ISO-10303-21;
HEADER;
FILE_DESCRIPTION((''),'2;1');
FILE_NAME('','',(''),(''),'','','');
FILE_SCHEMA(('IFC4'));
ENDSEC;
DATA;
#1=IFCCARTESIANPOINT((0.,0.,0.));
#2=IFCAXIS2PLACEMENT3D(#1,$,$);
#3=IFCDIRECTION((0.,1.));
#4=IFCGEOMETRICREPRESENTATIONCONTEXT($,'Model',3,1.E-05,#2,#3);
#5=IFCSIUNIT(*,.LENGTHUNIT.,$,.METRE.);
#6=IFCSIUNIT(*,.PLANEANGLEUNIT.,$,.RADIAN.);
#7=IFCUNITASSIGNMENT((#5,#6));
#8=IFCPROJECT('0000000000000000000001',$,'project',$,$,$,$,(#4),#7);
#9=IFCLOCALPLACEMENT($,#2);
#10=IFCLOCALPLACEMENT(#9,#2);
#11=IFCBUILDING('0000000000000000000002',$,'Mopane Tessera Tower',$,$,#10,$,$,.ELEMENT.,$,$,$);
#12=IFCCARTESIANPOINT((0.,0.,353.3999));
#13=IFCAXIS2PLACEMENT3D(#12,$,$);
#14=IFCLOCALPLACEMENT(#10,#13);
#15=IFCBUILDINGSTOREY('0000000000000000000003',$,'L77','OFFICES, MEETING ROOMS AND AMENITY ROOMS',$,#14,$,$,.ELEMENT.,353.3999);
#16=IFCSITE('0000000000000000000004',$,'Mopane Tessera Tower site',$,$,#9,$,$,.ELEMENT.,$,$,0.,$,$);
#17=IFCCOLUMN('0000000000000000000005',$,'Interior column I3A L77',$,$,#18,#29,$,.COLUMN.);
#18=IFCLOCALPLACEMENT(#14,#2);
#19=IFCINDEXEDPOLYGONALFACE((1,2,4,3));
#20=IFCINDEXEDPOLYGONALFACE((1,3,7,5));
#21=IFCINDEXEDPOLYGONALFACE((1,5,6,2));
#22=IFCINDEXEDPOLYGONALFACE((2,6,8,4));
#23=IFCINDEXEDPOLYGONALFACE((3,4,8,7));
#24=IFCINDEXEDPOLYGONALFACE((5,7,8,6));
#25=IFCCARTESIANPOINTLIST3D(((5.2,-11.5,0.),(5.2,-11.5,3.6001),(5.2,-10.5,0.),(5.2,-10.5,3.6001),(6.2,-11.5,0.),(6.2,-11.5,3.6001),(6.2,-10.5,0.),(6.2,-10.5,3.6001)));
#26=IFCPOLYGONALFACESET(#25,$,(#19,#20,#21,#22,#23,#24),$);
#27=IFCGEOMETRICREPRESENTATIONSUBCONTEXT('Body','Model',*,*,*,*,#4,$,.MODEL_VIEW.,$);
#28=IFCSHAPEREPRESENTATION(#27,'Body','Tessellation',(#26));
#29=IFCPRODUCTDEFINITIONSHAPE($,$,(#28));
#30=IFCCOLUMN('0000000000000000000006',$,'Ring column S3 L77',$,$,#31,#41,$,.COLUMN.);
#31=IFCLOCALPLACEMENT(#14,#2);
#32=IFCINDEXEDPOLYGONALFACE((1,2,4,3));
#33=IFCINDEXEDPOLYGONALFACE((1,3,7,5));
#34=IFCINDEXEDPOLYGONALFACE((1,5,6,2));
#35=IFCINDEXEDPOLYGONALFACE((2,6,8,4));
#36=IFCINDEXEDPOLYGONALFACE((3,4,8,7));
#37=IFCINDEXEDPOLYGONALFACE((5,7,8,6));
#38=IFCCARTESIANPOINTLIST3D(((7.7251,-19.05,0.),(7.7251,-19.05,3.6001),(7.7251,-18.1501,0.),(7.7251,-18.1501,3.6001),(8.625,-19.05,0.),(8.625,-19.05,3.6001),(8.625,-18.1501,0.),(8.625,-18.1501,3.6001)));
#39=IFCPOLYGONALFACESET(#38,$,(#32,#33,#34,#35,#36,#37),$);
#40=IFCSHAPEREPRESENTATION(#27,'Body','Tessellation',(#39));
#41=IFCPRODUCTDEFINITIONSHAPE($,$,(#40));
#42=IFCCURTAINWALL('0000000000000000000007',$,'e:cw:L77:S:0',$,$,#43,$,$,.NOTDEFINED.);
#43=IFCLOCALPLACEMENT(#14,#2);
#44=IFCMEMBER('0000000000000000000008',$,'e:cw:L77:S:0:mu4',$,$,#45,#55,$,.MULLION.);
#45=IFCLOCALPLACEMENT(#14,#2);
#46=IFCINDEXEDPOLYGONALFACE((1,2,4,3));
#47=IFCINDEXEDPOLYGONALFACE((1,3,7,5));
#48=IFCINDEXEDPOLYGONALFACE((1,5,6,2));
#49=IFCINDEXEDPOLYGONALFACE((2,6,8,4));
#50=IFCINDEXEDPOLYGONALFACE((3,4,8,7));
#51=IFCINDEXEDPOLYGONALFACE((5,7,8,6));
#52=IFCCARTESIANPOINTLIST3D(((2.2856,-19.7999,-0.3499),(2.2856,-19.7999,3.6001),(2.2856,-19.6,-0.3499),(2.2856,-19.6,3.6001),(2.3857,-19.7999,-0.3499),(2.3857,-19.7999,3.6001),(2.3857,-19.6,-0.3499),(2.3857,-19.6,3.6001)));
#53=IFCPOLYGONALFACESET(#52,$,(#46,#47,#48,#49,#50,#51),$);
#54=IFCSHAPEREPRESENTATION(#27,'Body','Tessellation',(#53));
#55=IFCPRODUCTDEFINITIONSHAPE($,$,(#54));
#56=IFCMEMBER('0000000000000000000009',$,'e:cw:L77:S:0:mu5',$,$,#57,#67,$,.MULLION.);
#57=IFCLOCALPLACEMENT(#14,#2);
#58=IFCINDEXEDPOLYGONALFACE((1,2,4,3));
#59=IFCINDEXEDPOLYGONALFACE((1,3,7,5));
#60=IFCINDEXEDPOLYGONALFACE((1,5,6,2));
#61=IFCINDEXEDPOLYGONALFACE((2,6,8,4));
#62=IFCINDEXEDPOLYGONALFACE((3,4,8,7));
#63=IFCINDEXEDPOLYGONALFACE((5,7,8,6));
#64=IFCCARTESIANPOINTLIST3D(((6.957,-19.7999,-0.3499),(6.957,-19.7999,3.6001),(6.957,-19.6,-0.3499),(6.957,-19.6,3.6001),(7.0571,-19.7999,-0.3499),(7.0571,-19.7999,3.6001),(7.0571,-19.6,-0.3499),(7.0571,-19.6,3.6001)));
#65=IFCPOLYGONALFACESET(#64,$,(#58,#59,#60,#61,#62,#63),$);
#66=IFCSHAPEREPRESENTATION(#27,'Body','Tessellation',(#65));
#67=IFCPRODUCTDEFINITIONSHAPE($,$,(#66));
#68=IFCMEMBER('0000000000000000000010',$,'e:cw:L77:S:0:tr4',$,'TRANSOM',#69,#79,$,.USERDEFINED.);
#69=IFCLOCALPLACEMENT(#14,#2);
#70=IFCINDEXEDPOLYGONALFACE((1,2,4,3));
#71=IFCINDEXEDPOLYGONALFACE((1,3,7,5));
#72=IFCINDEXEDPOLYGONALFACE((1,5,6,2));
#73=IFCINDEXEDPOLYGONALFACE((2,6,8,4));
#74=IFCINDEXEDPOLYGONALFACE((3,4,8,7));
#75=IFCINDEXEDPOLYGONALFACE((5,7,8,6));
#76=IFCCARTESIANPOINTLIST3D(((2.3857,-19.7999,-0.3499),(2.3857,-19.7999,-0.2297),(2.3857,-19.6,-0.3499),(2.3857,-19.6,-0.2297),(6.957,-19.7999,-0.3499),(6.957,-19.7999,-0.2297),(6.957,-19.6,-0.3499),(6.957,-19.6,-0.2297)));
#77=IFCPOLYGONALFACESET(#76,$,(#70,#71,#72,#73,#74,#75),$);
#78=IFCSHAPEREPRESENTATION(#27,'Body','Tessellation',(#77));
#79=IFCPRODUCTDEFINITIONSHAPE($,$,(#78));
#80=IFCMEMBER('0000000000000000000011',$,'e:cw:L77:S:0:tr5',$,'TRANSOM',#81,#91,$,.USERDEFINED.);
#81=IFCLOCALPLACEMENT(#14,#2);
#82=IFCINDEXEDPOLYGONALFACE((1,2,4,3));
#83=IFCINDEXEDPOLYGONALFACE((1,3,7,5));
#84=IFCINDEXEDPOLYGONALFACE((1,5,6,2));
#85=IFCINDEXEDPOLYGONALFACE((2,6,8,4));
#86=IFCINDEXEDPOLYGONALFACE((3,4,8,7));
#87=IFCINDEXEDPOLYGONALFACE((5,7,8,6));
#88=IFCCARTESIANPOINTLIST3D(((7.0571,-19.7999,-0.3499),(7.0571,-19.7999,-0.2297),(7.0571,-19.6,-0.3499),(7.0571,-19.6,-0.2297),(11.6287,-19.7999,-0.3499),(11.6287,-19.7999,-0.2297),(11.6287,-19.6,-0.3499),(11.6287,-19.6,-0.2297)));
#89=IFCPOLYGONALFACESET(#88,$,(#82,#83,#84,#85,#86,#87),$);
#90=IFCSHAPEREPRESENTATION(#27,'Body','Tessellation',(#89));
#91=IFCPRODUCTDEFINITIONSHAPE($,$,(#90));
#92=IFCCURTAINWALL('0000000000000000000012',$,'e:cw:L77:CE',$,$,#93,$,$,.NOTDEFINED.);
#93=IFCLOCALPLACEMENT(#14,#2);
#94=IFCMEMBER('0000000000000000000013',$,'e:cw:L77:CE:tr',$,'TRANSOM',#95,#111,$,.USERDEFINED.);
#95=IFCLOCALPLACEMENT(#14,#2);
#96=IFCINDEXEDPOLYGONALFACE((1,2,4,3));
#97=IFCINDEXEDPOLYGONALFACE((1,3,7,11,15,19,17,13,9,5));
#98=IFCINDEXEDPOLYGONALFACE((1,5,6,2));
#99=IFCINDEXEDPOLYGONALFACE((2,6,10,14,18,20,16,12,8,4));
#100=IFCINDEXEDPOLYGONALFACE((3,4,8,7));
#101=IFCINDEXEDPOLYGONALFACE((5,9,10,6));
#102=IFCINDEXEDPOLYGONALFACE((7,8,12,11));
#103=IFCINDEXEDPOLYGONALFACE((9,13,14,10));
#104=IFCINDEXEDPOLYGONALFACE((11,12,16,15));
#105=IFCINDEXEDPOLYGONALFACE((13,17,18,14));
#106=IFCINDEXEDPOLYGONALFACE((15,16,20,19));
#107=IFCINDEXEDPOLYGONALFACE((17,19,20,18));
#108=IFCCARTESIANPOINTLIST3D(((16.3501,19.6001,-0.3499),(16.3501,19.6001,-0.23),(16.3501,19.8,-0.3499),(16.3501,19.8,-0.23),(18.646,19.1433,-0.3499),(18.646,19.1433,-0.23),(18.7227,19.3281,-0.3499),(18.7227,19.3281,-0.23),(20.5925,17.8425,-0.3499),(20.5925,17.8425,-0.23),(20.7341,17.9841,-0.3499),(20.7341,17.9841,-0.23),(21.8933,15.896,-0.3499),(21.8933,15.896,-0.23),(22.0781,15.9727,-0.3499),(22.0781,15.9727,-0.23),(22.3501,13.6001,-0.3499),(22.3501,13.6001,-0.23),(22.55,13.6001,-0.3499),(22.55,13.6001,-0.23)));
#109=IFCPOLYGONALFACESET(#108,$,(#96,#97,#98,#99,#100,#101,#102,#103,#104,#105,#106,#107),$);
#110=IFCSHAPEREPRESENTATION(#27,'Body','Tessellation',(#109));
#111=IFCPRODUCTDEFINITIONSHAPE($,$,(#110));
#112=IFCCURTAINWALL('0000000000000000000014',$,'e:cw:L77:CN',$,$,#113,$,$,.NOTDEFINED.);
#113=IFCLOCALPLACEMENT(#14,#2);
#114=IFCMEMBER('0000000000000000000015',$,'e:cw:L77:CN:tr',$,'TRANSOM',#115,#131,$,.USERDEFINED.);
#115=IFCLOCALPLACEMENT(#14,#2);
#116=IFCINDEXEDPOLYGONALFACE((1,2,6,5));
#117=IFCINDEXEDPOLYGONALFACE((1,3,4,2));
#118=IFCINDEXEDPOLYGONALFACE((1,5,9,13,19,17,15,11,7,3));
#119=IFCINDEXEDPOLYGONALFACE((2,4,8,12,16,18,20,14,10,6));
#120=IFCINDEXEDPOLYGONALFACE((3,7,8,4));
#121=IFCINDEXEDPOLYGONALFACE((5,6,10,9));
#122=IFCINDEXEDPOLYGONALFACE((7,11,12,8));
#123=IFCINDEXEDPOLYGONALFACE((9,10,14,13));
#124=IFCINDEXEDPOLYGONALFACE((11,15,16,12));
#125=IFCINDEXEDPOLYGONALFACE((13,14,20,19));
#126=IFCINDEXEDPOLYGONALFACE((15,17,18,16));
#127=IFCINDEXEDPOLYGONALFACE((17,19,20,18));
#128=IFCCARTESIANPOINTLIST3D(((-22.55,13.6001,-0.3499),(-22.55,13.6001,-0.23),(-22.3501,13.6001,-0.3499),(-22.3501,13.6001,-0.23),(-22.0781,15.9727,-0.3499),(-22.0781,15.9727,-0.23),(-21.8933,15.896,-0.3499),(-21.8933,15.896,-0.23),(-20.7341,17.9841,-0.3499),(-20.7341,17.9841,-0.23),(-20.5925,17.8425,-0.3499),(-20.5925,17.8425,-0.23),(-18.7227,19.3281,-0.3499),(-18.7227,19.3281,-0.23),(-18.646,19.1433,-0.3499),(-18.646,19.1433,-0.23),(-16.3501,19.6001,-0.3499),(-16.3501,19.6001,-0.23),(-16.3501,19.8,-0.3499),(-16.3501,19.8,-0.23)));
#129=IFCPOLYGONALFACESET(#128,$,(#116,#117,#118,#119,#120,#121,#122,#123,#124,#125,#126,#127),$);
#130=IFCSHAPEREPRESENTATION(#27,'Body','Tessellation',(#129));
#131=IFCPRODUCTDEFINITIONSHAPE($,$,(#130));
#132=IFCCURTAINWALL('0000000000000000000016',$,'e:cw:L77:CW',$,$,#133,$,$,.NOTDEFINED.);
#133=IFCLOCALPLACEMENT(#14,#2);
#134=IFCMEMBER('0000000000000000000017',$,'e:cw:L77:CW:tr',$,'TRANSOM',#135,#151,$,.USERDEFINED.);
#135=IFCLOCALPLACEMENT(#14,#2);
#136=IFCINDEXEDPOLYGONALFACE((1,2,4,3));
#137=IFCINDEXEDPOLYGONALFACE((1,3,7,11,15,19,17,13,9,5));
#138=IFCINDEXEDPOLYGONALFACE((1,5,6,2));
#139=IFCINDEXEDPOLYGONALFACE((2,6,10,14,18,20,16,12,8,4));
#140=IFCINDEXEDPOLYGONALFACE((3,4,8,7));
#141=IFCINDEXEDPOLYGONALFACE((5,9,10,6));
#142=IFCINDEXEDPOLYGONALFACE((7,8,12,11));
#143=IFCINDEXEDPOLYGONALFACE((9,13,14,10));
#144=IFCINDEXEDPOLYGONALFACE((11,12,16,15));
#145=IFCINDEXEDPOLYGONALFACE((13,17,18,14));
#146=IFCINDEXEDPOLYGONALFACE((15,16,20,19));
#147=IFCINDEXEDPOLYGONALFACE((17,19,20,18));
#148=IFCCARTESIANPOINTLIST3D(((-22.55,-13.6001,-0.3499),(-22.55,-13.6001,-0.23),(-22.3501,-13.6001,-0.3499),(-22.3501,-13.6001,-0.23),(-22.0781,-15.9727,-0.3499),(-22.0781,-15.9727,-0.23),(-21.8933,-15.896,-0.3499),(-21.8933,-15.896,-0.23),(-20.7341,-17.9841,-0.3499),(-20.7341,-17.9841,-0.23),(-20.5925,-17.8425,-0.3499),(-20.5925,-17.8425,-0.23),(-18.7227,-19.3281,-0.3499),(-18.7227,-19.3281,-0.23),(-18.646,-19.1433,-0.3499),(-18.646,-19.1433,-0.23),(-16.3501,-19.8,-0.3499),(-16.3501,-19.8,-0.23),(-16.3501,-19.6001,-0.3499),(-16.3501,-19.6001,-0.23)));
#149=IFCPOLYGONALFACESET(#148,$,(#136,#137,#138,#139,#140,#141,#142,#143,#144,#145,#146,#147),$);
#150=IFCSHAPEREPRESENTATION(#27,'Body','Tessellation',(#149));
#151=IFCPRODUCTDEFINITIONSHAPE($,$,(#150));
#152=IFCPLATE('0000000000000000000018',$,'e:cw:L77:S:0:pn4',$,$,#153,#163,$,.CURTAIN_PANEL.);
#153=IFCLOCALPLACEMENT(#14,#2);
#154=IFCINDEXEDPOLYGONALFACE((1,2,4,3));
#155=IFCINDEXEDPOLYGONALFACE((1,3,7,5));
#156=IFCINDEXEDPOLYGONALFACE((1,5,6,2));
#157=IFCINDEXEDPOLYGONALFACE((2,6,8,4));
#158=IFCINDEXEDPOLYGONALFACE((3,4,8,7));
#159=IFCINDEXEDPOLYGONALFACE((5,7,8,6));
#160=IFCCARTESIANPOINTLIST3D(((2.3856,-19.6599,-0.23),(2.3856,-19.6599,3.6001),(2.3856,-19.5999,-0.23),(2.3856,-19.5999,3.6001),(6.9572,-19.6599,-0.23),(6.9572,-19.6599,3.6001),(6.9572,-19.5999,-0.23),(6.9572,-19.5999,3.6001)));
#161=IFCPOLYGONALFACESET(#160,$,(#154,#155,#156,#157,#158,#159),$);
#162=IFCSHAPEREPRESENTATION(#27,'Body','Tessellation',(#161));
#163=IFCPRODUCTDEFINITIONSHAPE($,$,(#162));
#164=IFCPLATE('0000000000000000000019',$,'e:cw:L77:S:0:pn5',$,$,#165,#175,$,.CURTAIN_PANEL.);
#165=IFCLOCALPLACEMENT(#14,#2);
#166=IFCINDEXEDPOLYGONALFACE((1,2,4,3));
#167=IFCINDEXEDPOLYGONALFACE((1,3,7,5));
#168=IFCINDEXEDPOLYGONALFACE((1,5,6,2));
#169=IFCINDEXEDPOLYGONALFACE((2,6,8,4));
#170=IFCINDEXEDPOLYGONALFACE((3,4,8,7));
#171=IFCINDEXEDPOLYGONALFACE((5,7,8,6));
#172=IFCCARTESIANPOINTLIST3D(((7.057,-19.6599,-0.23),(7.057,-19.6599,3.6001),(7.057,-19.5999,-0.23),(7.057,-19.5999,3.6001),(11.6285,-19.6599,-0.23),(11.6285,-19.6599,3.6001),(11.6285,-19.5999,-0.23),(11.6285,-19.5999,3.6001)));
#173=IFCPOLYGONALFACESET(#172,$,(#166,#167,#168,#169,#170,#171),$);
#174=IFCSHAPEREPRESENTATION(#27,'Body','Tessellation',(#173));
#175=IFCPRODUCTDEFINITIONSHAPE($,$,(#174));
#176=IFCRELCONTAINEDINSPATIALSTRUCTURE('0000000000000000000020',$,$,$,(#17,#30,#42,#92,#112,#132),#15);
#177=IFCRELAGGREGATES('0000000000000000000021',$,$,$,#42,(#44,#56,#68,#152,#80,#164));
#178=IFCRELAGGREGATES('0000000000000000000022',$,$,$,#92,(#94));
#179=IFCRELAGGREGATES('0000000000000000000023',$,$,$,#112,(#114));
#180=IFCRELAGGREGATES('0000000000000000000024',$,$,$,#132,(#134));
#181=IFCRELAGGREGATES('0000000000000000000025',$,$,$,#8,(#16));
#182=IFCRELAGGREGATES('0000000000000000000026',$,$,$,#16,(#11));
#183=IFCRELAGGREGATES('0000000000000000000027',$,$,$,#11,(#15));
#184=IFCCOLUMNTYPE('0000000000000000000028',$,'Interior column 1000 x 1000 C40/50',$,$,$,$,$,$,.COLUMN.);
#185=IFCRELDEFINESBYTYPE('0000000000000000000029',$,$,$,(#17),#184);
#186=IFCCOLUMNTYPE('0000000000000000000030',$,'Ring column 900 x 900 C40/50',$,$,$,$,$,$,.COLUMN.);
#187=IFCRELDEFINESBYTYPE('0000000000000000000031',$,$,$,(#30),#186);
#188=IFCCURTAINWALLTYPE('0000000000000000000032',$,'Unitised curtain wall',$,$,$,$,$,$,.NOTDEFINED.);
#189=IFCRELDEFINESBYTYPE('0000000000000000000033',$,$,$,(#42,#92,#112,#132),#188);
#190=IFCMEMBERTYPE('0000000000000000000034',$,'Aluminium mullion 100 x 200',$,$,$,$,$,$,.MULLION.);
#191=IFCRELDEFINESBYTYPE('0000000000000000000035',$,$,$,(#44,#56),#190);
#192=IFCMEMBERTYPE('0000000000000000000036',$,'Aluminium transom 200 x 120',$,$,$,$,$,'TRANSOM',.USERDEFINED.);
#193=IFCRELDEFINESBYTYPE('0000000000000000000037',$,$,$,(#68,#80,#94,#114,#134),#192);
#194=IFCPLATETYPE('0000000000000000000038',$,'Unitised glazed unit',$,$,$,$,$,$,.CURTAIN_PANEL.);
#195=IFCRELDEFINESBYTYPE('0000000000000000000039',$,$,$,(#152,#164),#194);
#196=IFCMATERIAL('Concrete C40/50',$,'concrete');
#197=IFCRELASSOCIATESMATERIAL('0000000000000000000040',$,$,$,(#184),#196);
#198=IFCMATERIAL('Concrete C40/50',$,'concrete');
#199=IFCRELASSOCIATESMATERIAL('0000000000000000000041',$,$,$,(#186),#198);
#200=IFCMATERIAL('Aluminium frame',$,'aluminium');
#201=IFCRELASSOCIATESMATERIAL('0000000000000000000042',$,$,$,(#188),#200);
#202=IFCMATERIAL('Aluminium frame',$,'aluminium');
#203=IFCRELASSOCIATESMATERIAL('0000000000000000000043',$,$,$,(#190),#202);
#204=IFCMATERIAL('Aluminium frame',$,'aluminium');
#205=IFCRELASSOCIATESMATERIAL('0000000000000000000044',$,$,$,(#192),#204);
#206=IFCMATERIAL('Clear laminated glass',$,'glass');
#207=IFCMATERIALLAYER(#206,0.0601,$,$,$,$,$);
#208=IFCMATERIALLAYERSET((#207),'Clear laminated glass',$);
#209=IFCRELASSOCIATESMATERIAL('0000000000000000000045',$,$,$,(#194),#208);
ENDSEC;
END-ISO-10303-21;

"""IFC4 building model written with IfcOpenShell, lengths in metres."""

from ifc_helpers import new_model, si_unit, direction, frame, origin, origin_2d, place, context, subcontext, project, spatial, polyline, rectangle, outline, extrude, material, layer, layer_set, material_profile, profile_set, type_object, element, aggregate, save


model = new_model("IFC4")

# Units and contexts
model_context = context("Model", 3, precision=1e-05, world=origin(), true_north=direction((0.0, 1.0)))
body_context = subcontext(model_context, "Body", "Model", "MODEL_VIEW")
ifc_project = project(units=[si_unit("LENGTHUNIT", "METRE"), si_unit("PLANEANGLEUNIT", "RADIAN")], contexts=[model_context])

# Site, building, storey
site_placement = place(None, origin())
site = spatial("IfcSite", under=ifc_project, at=site_placement, Name="Mopane Tessera Tower site", CompositionType="ELEMENT", RefElevation=0.0)
building_placement = place(site_placement, origin())
building = spatial("IfcBuilding", under=site, at=building_placement, Name="Mopane Tessera Tower", CompositionType="ELEMENT")
storey_placement = place(building_placement, frame((0.0, 0.0, 353.3999)))
storey = spatial("IfcBuildingStorey", under=building, at=storey_placement, Name="L77", Description="OFFICES, MEETING ROOMS AND AMENITY ROOMS", CompositionType="ELEMENT", Elevation=353.3999)

# Columns
ifc_material_1 = material(Name="Concrete C40/50", Category="concrete")
ifc_material_profile_1 = material_profile(ifc_material_1, rectangle(XDim=1.0, YDim=1.0, at=origin_2d()))
ifc_profile_set_1 = profile_set([ifc_material_profile_1], Name="Concrete C40/50")
column_type_1 = type_object("IfcColumnType", Name="Interior column 1000 x 1000 C40/50", PredefinedType="COLUMN", material=ifc_profile_set_1)
column_1_placement = place(storey_placement, frame((5.7, -11.0, 0.0), z_axis=(0.0, 0.0, 1.0), x_axis=(1.0, 0.0, 0.0)))
element("IfcColumn", 1, at=column_1_placement, inside=storey, type_object=column_type_1, Name="Interior column I3A L77", PredefinedType="COLUMN", context=body_context, shape_type="SweptSolid", body=[
    extrude(rectangle(XDim=1.0, YDim=1.0, at=origin_2d()), origin(), (0.0, 0.0, 1.0), 3.6001),
])
ifc_material_2 = material(Name="Concrete C40/50", Category="concrete")
ifc_material_profile_2 = material_profile(ifc_material_2, rectangle(XDim=0.8999, YDim=0.8999, at=origin_2d()))
ifc_profile_set_2 = profile_set([ifc_material_profile_2], Name="Concrete C40/50")
column_type_2 = type_object("IfcColumnType", Name="Ring column 900 x 900 C40/50", PredefinedType="COLUMN", material=ifc_profile_set_2)
column_2_placement = place(storey_placement, frame((8.175, -18.6001, 0.0), z_axis=(0.0, 0.0, 1.0), x_axis=(1.0, 0.0, 0.0)))
element("IfcColumn", 2, at=column_2_placement, inside=storey, type_object=column_type_2, Name="Ring column S3 L77", PredefinedType="COLUMN", context=body_context, shape_type="SweptSolid", body=[
    extrude(rectangle(XDim=0.8999, YDim=0.8999, at=origin_2d()), origin(), (0.0, 0.0, 1.0), 3.6001),
])

# Curtain wall, members
ifc_material_3 = material(Name="Aluminium frame", Category="aluminium")
curtain_wall_type = type_object("IfcCurtainWallType", Name="Unitised curtain wall", PredefinedType="NOTDEFINED", material=ifc_material_3)
curtain_wall_1_placement = place(storey_placement, origin())
curtain_wall_1 = element("IfcCurtainWall", 3, at=curtain_wall_1_placement, inside=storey, type_object=curtain_wall_type, Name="e:cw:L77:S:0", PredefinedType="NOTDEFINED")
ifc_material_4 = material(Name="Aluminium frame", Category="aluminium")
ifc_material_profile_3 = material_profile(ifc_material_4, rectangle(XDim=0.1001, YDim=0.2, at=origin_2d()))
ifc_profile_set_3 = profile_set([ifc_material_profile_3], Name="Aluminium frame")
member_type_1 = type_object("IfcMemberType", Name="Aluminium mullion 100 x 200", PredefinedType="MULLION", material=ifc_profile_set_3)
member_1_placement = place(storey_placement, frame((2.3357, -19.7, -0.3499), z_axis=(0.0, 0.0, 1.0), x_axis=(1.0, 0.0, 0.0)))
member_1 = element("IfcMember", 4, at=member_1_placement, type_object=member_type_1, Name="e:cw:L77:S:0:mu4", PredefinedType="MULLION", context=body_context, shape_type="SweptSolid", body=[
    extrude(rectangle(XDim=0.1001, YDim=0.2, at=origin_2d()), origin(), (0.0, 0.0, 1.0), 3.95),
])
member_2_placement = place(storey_placement, frame((7.0071, -19.7, -0.3499), z_axis=(0.0, 0.0, 1.0), x_axis=(1.0, 0.0, 0.0)))
member_2 = element("IfcMember", 5, at=member_2_placement, type_object=member_type_1, Name="e:cw:L77:S:0:mu5", PredefinedType="MULLION", context=body_context, shape_type="SweptSolid", body=[
    extrude(rectangle(XDim=0.1001, YDim=0.2, at=origin_2d()), origin(), (0.0, 0.0, 1.0), 3.95),
])
ifc_material_5 = material(Name="Aluminium frame", Category="aluminium")
ifc_material_profile_4 = material_profile(ifc_material_5, rectangle(XDim=0.2, YDim=0.1201, at=origin_2d()))
ifc_profile_set_4 = profile_set([ifc_material_profile_4], Name="Aluminium frame")
member_type_2 = type_object("IfcMemberType", Name="Aluminium transom 200 x 120", ElementType="TRANSOM", PredefinedType="USERDEFINED", material=ifc_profile_set_4)
member_3_placement = place(storey_placement, frame((2.3857, -19.7, -0.2898), z_axis=(1.0, 0.0, 0.0), x_axis=(0.0, 1.0, 0.0)))
member_3 = element("IfcMember", 6, at=member_3_placement, type_object=member_type_2, Name="e:cw:L77:S:0:tr4", ObjectType="TRANSOM", PredefinedType="USERDEFINED", context=body_context, shape_type="SweptSolid", body=[
    extrude(rectangle(XDim=0.2, YDim=0.1201, at=origin_2d()), origin(), (0.0, 0.0, 1.0), 4.5713),
])
member_4_placement = place(storey_placement, frame((7.0571, -19.7, -0.2898), z_axis=(1.0, 0.0, 0.0), x_axis=(0.0, 1.0, 0.0)))
member_4 = element("IfcMember", 7, at=member_4_placement, type_object=member_type_2, Name="e:cw:L77:S:0:tr5", ObjectType="TRANSOM", PredefinedType="USERDEFINED", context=body_context, shape_type="SweptSolid", body=[
    extrude(rectangle(XDim=0.2, YDim=0.1201, at=origin_2d()), origin(), (0.0, 0.0, 1.0), 4.5715),
])

# Curtain walls, members
curtain_wall_2_placement = place(storey_placement, origin())
curtain_wall_2 = element("IfcCurtainWall", 8, at=curtain_wall_2_placement, inside=storey, type_object=curtain_wall_type, Name="e:cw:L77:CE", PredefinedType="NOTDEFINED")
member_5_placement = place(storey_placement, frame((0.0, 0.0, -0.3499)))
member_5 = element("IfcMember", 9, at=member_5_placement, type_object=member_type_2, Name="e:cw:L77:CE:tr", ObjectType="TRANSOM", PredefinedType="USERDEFINED", context=body_context, shape_type="SweptSolid", body=[
    extrude(outline(polyline([(22.3501, 13.6001), (21.8933, 15.896), (20.5925, 17.8425), (18.646, 19.1433), (16.3501, 19.6001), (16.3501, 19.8), (18.7227, 19.3281), (20.7341, 17.9841), (22.0781, 15.9727), (22.55, 13.6001), (22.3501, 13.6001)])), origin(), (0.0, 0.0, 1.0), 0.1199),
])
curtain_wall_3_placement = place(storey_placement, origin())
curtain_wall_3 = element("IfcCurtainWall", 10, at=curtain_wall_3_placement, inside=storey, type_object=curtain_wall_type, Name="e:cw:L77:CN", PredefinedType="NOTDEFINED")
member_6_placement = place(storey_placement, frame((0.0, 0.0, -0.3499)))
member_6 = element("IfcMember", 11, at=member_6_placement, type_object=member_type_2, Name="e:cw:L77:CN:tr", ObjectType="TRANSOM", PredefinedType="USERDEFINED", context=body_context, shape_type="SweptSolid", body=[
    extrude(outline(polyline([(-16.3501, 19.6001), (-18.646, 19.1433), (-20.5925, 17.8425), (-21.8933, 15.896), (-22.3501, 13.6001), (-22.55, 13.6001), (-22.0781, 15.9727), (-20.7341, 17.9841), (-18.7227, 19.3281), (-16.3501, 19.8), (-16.3501, 19.6001)])), origin(), (0.0, 0.0, 1.0), 0.1199),
])
curtain_wall_4_placement = place(storey_placement, origin())
curtain_wall_4 = element("IfcCurtainWall", 12, at=curtain_wall_4_placement, inside=storey, type_object=curtain_wall_type, Name="e:cw:L77:CW", PredefinedType="NOTDEFINED")
member_7_placement = place(storey_placement, frame((0.0, 0.0, -0.3499)))
member_7 = element("IfcMember", 13, at=member_7_placement, type_object=member_type_2, Name="e:cw:L77:CW:tr", ObjectType="TRANSOM", PredefinedType="USERDEFINED", context=body_context, shape_type="SweptSolid", body=[
    extrude(outline(polyline([(-22.3501, -13.6001), (-21.8933, -15.896), (-20.5925, -17.8425), (-18.646, -19.1433), (-16.3501, -19.6001), (-16.3501, -19.8), (-18.7227, -19.3281), (-20.7341, -17.9841), (-22.0781, -15.9727), (-22.55, -13.6001), (-22.3501, -13.6001)])), origin(), (0.0, 0.0, 1.0), 0.1199),
])

# Plates
ifc_material_6 = material(Name="Clear laminated glass", Category="glass")
ifc_layer_1 = layer(ifc_material_6, 0.0601)
ifc_layer_set_1 = layer_set([ifc_layer_1], Name="Clear laminated glass")
plate_type = type_object("IfcPlateType", Name="Unitised glazed unit", PredefinedType="CURTAIN_PANEL", material=ifc_layer_set_1)
plate_1_placement = place(storey_placement, frame((4.6714, -19.6299, -0.23), z_axis=(0.0, 0.0, 1.0), x_axis=(1.0, 0.0, 0.0)))
plate_1 = element("IfcPlate", 14, at=plate_1_placement, type_object=plate_type, Name="e:cw:L77:S:0:pn4", PredefinedType="CURTAIN_PANEL", context=body_context, shape_type="SweptSolid", body=[
    extrude(rectangle(XDim=4.5715, YDim=0.0601, at=origin_2d()), origin(), (0.0, 0.0, 1.0), 3.8301),
])
plate_2_placement = place(storey_placement, frame((9.3428, -19.6299, -0.23), z_axis=(0.0, 0.0, 1.0), x_axis=(1.0, 0.0, 0.0)))
plate_2 = element("IfcPlate", 15, at=plate_2_placement, type_object=plate_type, Name="e:cw:L77:S:0:pn5", PredefinedType="CURTAIN_PANEL", context=body_context, shape_type="SweptSolid", body=[
    extrude(rectangle(XDim=4.5715, YDim=0.0601, at=origin_2d()), origin(), (0.0, 0.0, 1.0), 3.8301),
])
aggregate(curtain_wall_1, [member_1, member_2, member_3, plate_1, member_4, plate_2])

aggregate(curtain_wall_2, [member_5])
aggregate(curtain_wall_3, [member_6])
aggregate(curtain_wall_4, [member_7])

save(model, "model.ifc")
